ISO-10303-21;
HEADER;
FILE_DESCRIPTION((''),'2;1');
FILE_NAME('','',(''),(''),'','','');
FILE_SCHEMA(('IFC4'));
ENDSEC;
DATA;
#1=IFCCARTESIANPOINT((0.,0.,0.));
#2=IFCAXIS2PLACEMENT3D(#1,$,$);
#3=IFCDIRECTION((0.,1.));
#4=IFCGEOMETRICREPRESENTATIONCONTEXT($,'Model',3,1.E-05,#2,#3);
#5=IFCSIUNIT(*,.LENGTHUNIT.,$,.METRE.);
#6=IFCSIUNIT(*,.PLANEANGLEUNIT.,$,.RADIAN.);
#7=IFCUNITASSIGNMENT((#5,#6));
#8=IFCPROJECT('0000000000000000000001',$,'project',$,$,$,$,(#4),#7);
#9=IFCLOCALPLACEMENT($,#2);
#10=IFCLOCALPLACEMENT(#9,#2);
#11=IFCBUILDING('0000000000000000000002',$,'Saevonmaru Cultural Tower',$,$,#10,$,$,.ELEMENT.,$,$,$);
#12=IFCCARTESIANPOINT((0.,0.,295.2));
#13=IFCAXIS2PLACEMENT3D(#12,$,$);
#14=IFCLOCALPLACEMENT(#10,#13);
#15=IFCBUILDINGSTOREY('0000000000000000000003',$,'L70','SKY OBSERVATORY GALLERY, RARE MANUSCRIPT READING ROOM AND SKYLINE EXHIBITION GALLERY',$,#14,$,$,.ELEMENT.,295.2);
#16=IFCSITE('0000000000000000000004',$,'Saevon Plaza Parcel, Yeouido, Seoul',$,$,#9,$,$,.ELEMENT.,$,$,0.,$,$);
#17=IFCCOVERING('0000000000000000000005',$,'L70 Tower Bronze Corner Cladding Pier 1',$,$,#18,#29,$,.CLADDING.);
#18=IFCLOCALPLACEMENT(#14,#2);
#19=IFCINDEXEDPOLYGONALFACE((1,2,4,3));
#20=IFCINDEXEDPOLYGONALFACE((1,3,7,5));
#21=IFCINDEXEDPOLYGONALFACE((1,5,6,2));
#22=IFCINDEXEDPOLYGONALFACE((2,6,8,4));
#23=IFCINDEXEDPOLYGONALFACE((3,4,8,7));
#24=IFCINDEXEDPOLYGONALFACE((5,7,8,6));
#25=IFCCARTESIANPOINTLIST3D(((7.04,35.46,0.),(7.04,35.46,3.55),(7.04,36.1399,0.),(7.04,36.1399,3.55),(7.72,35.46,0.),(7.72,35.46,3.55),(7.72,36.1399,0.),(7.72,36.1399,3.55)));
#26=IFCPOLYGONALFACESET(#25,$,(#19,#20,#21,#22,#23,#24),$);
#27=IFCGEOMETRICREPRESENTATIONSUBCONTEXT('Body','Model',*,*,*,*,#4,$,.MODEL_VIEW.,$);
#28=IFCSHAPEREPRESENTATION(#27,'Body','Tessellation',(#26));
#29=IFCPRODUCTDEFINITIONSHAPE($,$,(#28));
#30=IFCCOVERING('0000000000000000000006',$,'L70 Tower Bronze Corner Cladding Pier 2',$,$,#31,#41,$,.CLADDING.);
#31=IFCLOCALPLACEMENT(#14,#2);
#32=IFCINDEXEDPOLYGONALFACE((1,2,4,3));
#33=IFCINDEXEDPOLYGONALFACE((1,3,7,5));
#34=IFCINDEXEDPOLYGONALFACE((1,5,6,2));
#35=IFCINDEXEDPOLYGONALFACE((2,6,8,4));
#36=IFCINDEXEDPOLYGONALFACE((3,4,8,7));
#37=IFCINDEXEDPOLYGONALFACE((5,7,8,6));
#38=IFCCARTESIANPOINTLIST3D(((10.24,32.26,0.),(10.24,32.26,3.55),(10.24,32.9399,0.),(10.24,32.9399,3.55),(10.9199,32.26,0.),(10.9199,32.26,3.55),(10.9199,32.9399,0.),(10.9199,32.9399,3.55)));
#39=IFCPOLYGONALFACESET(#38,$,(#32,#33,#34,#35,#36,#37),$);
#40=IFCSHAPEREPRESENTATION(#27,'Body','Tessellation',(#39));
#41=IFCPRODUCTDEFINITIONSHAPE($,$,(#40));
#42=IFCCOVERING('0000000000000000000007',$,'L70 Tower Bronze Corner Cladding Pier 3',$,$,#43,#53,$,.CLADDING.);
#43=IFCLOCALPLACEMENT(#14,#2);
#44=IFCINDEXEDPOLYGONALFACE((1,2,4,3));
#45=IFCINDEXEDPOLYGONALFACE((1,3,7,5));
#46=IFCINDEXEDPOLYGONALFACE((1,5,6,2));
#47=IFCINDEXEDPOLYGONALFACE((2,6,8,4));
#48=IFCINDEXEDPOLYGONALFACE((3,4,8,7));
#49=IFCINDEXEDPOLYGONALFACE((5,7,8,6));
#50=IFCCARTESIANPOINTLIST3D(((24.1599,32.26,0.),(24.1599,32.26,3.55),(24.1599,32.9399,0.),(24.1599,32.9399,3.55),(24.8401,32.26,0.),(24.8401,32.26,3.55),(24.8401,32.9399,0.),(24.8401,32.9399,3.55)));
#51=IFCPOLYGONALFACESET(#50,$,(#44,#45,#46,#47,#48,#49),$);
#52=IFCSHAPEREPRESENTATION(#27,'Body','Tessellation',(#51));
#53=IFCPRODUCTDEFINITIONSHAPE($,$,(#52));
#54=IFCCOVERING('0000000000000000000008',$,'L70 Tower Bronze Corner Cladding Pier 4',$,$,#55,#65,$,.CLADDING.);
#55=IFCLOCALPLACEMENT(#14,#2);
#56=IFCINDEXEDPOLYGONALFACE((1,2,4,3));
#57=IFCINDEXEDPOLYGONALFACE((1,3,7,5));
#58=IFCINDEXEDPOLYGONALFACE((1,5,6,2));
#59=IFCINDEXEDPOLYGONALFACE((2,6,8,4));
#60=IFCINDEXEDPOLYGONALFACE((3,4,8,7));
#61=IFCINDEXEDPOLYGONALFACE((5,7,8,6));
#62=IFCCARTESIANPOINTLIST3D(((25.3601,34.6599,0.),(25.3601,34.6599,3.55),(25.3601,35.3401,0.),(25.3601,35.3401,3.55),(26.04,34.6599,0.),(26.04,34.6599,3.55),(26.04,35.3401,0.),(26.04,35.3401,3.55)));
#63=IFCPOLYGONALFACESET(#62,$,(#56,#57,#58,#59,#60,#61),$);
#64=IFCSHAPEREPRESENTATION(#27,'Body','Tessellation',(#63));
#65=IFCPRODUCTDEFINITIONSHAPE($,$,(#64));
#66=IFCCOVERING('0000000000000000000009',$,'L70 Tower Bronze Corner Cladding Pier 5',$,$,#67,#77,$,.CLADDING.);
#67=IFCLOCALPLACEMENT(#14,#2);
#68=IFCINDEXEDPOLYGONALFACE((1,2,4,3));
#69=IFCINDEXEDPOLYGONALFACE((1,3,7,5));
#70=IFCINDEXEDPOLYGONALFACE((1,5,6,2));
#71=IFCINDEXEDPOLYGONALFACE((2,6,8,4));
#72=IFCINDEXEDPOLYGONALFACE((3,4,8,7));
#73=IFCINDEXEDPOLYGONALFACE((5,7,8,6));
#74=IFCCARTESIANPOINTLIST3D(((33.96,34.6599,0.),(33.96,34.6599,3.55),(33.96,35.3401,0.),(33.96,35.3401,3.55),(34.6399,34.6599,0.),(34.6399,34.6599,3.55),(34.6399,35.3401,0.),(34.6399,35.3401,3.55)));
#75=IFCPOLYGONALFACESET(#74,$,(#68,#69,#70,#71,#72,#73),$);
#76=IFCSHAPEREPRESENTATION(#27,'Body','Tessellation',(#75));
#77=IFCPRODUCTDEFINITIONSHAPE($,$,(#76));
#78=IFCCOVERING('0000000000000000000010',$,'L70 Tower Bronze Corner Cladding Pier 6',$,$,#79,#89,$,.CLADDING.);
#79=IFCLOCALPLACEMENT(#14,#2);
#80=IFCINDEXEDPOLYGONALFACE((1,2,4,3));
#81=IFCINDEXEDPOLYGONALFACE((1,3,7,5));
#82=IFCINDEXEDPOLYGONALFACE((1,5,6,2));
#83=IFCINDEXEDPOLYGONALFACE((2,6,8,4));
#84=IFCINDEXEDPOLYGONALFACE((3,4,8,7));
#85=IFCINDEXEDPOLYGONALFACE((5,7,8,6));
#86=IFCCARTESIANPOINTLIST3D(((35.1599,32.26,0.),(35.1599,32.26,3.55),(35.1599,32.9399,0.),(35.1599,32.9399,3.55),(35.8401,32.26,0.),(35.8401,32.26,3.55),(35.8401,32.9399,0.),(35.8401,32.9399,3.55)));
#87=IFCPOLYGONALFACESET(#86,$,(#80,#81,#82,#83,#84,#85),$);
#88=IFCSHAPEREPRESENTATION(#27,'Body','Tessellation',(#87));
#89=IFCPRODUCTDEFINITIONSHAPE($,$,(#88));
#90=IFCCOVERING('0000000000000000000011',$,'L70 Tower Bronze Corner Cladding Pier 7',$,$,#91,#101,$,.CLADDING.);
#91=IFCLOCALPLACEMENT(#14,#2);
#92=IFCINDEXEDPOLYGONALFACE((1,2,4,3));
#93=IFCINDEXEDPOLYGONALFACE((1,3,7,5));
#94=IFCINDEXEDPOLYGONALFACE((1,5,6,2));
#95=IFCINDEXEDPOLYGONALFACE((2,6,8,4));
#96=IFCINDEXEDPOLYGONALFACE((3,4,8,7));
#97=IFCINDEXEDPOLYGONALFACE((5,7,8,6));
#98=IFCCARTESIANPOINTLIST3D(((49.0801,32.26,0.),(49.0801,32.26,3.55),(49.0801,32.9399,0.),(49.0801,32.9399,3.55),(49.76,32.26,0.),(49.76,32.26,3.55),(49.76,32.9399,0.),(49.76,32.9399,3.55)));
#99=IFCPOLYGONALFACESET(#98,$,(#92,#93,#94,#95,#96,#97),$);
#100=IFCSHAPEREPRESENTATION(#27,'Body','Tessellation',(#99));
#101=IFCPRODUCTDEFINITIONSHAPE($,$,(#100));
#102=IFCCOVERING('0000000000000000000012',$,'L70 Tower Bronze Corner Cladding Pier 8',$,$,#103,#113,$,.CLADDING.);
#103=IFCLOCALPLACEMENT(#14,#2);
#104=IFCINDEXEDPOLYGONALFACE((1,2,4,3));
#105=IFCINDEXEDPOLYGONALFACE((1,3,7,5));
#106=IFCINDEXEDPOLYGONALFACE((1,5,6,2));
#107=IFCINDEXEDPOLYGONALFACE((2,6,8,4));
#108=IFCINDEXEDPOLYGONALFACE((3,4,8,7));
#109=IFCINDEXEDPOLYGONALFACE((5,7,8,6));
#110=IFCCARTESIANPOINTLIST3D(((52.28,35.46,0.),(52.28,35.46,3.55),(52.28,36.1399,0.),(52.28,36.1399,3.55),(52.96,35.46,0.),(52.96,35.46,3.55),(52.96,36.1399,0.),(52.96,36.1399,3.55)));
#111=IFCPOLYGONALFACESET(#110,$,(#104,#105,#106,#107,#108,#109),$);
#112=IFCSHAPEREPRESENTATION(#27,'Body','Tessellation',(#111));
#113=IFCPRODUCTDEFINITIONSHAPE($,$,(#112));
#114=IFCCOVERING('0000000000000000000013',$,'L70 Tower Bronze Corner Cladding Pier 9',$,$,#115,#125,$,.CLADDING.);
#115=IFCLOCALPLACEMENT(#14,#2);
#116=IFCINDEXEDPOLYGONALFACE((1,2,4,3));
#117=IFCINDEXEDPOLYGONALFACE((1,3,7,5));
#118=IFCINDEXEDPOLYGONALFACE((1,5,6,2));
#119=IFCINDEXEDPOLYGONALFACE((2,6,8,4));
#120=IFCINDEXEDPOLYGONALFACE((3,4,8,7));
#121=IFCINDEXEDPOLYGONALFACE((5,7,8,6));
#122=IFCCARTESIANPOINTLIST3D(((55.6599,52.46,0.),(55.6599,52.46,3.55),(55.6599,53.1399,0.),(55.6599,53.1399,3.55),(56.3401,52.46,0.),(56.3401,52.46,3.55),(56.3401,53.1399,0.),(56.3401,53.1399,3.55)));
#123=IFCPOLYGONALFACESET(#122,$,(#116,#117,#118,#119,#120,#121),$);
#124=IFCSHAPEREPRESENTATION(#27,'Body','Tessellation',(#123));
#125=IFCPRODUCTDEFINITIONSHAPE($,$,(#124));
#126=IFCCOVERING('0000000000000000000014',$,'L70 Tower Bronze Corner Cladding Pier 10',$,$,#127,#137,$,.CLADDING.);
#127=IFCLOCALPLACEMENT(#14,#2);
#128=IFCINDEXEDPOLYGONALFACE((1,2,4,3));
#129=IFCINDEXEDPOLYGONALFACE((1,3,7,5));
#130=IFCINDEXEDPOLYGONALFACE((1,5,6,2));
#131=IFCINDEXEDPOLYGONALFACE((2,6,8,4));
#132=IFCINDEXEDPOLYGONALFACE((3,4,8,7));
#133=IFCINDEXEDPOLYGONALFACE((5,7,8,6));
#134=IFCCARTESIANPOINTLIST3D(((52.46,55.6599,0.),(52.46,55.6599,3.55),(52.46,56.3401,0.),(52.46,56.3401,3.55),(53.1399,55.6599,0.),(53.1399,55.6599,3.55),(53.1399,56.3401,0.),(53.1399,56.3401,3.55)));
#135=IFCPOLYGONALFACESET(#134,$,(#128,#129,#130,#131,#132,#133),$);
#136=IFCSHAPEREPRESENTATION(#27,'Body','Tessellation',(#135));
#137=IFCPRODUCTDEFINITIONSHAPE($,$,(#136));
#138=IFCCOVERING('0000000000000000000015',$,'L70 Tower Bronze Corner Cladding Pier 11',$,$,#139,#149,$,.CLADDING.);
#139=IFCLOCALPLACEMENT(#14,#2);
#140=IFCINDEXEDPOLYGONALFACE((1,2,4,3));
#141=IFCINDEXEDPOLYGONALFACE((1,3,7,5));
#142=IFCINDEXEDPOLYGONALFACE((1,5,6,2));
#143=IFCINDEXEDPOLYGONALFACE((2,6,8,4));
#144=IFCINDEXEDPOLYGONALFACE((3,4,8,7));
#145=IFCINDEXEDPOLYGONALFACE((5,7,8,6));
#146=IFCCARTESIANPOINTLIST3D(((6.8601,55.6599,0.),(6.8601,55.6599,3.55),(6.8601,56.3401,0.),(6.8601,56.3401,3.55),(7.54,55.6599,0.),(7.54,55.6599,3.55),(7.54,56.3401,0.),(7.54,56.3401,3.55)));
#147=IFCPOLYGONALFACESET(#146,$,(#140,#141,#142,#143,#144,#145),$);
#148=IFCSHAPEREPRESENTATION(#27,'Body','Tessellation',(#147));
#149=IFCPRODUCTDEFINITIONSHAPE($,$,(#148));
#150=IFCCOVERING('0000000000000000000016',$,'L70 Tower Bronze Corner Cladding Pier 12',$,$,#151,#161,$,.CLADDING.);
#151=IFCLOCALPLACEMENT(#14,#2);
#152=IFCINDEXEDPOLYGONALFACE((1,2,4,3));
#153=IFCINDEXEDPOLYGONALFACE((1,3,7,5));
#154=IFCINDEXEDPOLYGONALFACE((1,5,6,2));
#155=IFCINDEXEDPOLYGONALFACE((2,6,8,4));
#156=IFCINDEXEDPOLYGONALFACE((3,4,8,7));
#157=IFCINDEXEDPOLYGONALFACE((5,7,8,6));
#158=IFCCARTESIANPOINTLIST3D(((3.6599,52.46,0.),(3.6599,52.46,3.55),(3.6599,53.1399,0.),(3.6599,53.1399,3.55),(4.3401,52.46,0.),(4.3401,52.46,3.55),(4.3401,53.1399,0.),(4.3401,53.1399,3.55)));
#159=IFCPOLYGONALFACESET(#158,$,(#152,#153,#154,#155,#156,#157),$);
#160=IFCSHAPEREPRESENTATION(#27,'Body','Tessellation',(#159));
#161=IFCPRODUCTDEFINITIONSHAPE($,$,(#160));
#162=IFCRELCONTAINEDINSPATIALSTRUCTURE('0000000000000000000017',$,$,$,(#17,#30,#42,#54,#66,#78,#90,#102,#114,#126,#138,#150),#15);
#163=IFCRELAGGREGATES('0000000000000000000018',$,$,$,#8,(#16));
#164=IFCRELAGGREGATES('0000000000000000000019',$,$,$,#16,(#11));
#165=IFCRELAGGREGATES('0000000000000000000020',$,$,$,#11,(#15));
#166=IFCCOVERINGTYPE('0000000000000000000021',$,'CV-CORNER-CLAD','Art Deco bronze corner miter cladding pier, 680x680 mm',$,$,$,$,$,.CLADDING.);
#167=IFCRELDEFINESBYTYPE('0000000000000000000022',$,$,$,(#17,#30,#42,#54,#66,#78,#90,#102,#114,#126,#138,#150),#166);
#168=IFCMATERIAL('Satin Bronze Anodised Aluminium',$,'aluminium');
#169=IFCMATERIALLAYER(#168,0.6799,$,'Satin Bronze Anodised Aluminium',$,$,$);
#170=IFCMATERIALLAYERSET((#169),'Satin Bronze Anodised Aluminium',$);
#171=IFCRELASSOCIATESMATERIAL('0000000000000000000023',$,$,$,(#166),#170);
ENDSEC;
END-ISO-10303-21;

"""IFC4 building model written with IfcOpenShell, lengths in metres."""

from ifc_helpers import new_model, si_unit, direction, frame, origin, place, context, subcontext, project, spatial, polyline, outline, extrude, material, layer, layer_set, type_object, element, save


model = new_model("IFC4")

# Units and contexts
model_context = context("Model", 3, precision=1e-05, world=origin(), true_north=direction((0.0, 1.0)))
body_context = subcontext(model_context, "Body", "Model", "MODEL_VIEW")
ifc_project = project(units=[si_unit("LENGTHUNIT", "METRE"), si_unit("PLANEANGLEUNIT", "RADIAN")], contexts=[model_context])

# Site, building, storey
site_placement = place(None, origin())
site = spatial("IfcSite", under=ifc_project, at=site_placement, Name="Saevon Plaza Parcel, Yeouido, Seoul", CompositionType="ELEMENT", RefElevation=0.0)
building_placement = place(site_placement, origin())
building = spatial("IfcBuilding", under=site, at=building_placement, Name="Saevonmaru Cultural Tower", CompositionType="ELEMENT")
storey_placement = place(building_placement, frame((0.0, 0.0, 295.2)))
storey = spatial("IfcBuildingStorey", under=building, at=storey_placement, Name="L70", Description="SKY OBSERVATORY GALLERY, RARE MANUSCRIPT READING ROOM AND SKYLINE EXHIBITION GALLERY", CompositionType="ELEMENT", Elevation=295.2)

# Shared definitions
ifc_material_1 = material(Name="Satin Bronze Anodised Aluminium", Category="aluminium")

# Coverings
ifc_layer_1 = layer(ifc_material_1, 0.6799, Name="Satin Bronze Anodised Aluminium")
ifc_layer_set_1 = layer_set([ifc_layer_1], Name="Satin Bronze Anodised Aluminium")
covering_type_1 = type_object("IfcCoveringType", Name="CV-CORNER-CLAD", Description="Art Deco bronze corner miter cladding pier, 680x680 mm", PredefinedType="CLADDING", material=ifc_layer_set_1)
covering_1_placement = place(storey_placement, origin())
element("IfcCovering", 1, at=covering_1_placement, inside=storey, type_object=covering_type_1, Name="L70 Tower Bronze Corner Cladding Pier 1", PredefinedType="CLADDING", context=body_context, shape_type="SweptSolid", body=[
    extrude(outline(polyline([(7.04, 35.46), (7.72, 35.46), (7.72, 36.1399), (7.04, 36.1399), (7.04, 35.46)])), origin(), (0.0, 0.0, 1.0), 3.55),
])
covering_2_placement = place(storey_placement, origin())
element("IfcCovering", 2, at=covering_2_placement, inside=storey, type_object=covering_type_1, Name="L70 Tower Bronze Corner Cladding Pier 2", PredefinedType="CLADDING", context=body_context, shape_type="SweptSolid", body=[
    extrude(outline(polyline([(10.24, 32.26), (10.9199, 32.26), (10.9199, 32.9399), (10.24, 32.9399), (10.24, 32.26)])), origin(), (0.0, 0.0, 1.0), 3.55),
])
covering_3_placement = place(storey_placement, origin())
element("IfcCovering", 3, at=covering_3_placement, inside=storey, type_object=covering_type_1, Name="L70 Tower Bronze Corner Cladding Pier 3", PredefinedType="CLADDING", context=body_context, shape_type="SweptSolid", body=[
    extrude(outline(polyline([(24.1599, 32.26), (24.8401, 32.26), (24.8401, 32.9399), (24.1599, 32.9399), (24.1599, 32.26)])), origin(), (0.0, 0.0, 1.0), 3.55),
])
covering_4_placement = place(storey_placement, origin())
element("IfcCovering", 4, at=covering_4_placement, inside=storey, type_object=covering_type_1, Name="L70 Tower Bronze Corner Cladding Pier 4", PredefinedType="CLADDING", context=body_context, shape_type="SweptSolid", body=[
    extrude(outline(polyline([(25.3601, 34.6599), (26.04, 34.6599), (26.04, 35.3401), (25.3601, 35.3401), (25.3601, 34.6599)])), origin(), (0.0, 0.0, 1.0), 3.55),
])
covering_5_placement = place(storey_placement, origin())
element("IfcCovering", 5, at=covering_5_placement, inside=storey, type_object=covering_type_1, Name="L70 Tower Bronze Corner Cladding Pier 5", PredefinedType="CLADDING", context=body_context, shape_type="SweptSolid", body=[
    extrude(outline(polyline([(33.96, 34.6599), (34.6399, 34.6599), (34.6399, 35.3401), (33.96, 35.3401), (33.96, 34.6599)])), origin(), (0.0, 0.0, 1.0), 3.55),
])
covering_6_placement = place(storey_placement, origin())
element("IfcCovering", 6, at=covering_6_placement, inside=storey, type_object=covering_type_1, Name="L70 Tower Bronze Corner Cladding Pier 6", PredefinedType="CLADDING", context=body_context, shape_type="SweptSolid", body=[
    extrude(outline(polyline([(35.1599, 32.26), (35.8401, 32.26), (35.8401, 32.9399), (35.1599, 32.9399), (35.1599, 32.26)])), origin(), (0.0, 0.0, 1.0), 3.55),
])
covering_7_placement = place(storey_placement, origin())
element("IfcCovering", 7, at=covering_7_placement, inside=storey, type_object=covering_type_1, Name="L70 Tower Bronze Corner Cladding Pier 7", PredefinedType="CLADDING", context=body_context, shape_type="SweptSolid", body=[
    extrude(outline(polyline([(49.0801, 32.26), (49.76, 32.26), (49.76, 32.9399), (49.0801, 32.9399), (49.0801, 32.26)])), origin(), (0.0, 0.0, 1.0), 3.55),
])
covering_8_placement = place(storey_placement, origin())
element("IfcCovering", 8, at=covering_8_placement, inside=storey, type_object=covering_type_1, Name="L70 Tower Bronze Corner Cladding Pier 8", PredefinedType="CLADDING", context=body_context, shape_type="SweptSolid", body=[
    extrude(outline(polyline([(52.28, 35.46), (52.96, 35.46), (52.96, 36.1399), (52.28, 36.1399), (52.28, 35.46)])), origin(), (0.0, 0.0, 1.0), 3.55),
])
covering_9_placement = place(storey_placement, origin())
element("IfcCovering", 9, at=covering_9_placement, inside=storey, type_object=covering_type_1, Name="L70 Tower Bronze Corner Cladding Pier 9", PredefinedType="CLADDING", context=body_context, shape_type="SweptSolid", body=[
    extrude(outline(polyline([(55.6599, 52.46), (56.3401, 52.46), (56.3401, 53.1399), (55.6599, 53.1399), (55.6599, 52.46)])), origin(), (0.0, 0.0, 1.0), 3.55),
])
covering_10_placement = place(storey_placement, origin())
element("IfcCovering", 10, at=covering_10_placement, inside=storey, type_object=covering_type_1, Name="L70 Tower Bronze Corner Cladding Pier 10", PredefinedType="CLADDING", context=body_context, shape_type="SweptSolid", body=[
    extrude(outline(polyline([(52.46, 55.6599), (53.1399, 55.6599), (53.1399, 56.3401), (52.46, 56.3401), (52.46, 55.6599)])), origin(), (0.0, 0.0, 1.0), 3.55),
])
covering_11_placement = place(storey_placement, origin())
element("IfcCovering", 11, at=covering_11_placement, inside=storey, type_object=covering_type_1, Name="L70 Tower Bronze Corner Cladding Pier 11", PredefinedType="CLADDING", context=body_context, shape_type="SweptSolid", body=[
    extrude(outline(polyline([(6.8601, 55.6599), (7.54, 55.6599), (7.54, 56.3401), (6.8601, 56.3401), (6.8601, 55.6599)])), origin(), (0.0, 0.0, 1.0), 3.55),
])
covering_12_placement = place(storey_placement, origin())
element("IfcCovering", 12, at=covering_12_placement, inside=storey, type_object=covering_type_1, Name="L70 Tower Bronze Corner Cladding Pier 12", PredefinedType="CLADDING", context=body_context, shape_type="SweptSolid", body=[
    extrude(outline(polyline([(3.6599, 52.46), (4.3401, 52.46), (4.3401, 53.1399), (3.6599, 53.1399), (3.6599, 52.46)])), origin(), (0.0, 0.0, 1.0), 3.55),
])

save(model, "model.ifc")
